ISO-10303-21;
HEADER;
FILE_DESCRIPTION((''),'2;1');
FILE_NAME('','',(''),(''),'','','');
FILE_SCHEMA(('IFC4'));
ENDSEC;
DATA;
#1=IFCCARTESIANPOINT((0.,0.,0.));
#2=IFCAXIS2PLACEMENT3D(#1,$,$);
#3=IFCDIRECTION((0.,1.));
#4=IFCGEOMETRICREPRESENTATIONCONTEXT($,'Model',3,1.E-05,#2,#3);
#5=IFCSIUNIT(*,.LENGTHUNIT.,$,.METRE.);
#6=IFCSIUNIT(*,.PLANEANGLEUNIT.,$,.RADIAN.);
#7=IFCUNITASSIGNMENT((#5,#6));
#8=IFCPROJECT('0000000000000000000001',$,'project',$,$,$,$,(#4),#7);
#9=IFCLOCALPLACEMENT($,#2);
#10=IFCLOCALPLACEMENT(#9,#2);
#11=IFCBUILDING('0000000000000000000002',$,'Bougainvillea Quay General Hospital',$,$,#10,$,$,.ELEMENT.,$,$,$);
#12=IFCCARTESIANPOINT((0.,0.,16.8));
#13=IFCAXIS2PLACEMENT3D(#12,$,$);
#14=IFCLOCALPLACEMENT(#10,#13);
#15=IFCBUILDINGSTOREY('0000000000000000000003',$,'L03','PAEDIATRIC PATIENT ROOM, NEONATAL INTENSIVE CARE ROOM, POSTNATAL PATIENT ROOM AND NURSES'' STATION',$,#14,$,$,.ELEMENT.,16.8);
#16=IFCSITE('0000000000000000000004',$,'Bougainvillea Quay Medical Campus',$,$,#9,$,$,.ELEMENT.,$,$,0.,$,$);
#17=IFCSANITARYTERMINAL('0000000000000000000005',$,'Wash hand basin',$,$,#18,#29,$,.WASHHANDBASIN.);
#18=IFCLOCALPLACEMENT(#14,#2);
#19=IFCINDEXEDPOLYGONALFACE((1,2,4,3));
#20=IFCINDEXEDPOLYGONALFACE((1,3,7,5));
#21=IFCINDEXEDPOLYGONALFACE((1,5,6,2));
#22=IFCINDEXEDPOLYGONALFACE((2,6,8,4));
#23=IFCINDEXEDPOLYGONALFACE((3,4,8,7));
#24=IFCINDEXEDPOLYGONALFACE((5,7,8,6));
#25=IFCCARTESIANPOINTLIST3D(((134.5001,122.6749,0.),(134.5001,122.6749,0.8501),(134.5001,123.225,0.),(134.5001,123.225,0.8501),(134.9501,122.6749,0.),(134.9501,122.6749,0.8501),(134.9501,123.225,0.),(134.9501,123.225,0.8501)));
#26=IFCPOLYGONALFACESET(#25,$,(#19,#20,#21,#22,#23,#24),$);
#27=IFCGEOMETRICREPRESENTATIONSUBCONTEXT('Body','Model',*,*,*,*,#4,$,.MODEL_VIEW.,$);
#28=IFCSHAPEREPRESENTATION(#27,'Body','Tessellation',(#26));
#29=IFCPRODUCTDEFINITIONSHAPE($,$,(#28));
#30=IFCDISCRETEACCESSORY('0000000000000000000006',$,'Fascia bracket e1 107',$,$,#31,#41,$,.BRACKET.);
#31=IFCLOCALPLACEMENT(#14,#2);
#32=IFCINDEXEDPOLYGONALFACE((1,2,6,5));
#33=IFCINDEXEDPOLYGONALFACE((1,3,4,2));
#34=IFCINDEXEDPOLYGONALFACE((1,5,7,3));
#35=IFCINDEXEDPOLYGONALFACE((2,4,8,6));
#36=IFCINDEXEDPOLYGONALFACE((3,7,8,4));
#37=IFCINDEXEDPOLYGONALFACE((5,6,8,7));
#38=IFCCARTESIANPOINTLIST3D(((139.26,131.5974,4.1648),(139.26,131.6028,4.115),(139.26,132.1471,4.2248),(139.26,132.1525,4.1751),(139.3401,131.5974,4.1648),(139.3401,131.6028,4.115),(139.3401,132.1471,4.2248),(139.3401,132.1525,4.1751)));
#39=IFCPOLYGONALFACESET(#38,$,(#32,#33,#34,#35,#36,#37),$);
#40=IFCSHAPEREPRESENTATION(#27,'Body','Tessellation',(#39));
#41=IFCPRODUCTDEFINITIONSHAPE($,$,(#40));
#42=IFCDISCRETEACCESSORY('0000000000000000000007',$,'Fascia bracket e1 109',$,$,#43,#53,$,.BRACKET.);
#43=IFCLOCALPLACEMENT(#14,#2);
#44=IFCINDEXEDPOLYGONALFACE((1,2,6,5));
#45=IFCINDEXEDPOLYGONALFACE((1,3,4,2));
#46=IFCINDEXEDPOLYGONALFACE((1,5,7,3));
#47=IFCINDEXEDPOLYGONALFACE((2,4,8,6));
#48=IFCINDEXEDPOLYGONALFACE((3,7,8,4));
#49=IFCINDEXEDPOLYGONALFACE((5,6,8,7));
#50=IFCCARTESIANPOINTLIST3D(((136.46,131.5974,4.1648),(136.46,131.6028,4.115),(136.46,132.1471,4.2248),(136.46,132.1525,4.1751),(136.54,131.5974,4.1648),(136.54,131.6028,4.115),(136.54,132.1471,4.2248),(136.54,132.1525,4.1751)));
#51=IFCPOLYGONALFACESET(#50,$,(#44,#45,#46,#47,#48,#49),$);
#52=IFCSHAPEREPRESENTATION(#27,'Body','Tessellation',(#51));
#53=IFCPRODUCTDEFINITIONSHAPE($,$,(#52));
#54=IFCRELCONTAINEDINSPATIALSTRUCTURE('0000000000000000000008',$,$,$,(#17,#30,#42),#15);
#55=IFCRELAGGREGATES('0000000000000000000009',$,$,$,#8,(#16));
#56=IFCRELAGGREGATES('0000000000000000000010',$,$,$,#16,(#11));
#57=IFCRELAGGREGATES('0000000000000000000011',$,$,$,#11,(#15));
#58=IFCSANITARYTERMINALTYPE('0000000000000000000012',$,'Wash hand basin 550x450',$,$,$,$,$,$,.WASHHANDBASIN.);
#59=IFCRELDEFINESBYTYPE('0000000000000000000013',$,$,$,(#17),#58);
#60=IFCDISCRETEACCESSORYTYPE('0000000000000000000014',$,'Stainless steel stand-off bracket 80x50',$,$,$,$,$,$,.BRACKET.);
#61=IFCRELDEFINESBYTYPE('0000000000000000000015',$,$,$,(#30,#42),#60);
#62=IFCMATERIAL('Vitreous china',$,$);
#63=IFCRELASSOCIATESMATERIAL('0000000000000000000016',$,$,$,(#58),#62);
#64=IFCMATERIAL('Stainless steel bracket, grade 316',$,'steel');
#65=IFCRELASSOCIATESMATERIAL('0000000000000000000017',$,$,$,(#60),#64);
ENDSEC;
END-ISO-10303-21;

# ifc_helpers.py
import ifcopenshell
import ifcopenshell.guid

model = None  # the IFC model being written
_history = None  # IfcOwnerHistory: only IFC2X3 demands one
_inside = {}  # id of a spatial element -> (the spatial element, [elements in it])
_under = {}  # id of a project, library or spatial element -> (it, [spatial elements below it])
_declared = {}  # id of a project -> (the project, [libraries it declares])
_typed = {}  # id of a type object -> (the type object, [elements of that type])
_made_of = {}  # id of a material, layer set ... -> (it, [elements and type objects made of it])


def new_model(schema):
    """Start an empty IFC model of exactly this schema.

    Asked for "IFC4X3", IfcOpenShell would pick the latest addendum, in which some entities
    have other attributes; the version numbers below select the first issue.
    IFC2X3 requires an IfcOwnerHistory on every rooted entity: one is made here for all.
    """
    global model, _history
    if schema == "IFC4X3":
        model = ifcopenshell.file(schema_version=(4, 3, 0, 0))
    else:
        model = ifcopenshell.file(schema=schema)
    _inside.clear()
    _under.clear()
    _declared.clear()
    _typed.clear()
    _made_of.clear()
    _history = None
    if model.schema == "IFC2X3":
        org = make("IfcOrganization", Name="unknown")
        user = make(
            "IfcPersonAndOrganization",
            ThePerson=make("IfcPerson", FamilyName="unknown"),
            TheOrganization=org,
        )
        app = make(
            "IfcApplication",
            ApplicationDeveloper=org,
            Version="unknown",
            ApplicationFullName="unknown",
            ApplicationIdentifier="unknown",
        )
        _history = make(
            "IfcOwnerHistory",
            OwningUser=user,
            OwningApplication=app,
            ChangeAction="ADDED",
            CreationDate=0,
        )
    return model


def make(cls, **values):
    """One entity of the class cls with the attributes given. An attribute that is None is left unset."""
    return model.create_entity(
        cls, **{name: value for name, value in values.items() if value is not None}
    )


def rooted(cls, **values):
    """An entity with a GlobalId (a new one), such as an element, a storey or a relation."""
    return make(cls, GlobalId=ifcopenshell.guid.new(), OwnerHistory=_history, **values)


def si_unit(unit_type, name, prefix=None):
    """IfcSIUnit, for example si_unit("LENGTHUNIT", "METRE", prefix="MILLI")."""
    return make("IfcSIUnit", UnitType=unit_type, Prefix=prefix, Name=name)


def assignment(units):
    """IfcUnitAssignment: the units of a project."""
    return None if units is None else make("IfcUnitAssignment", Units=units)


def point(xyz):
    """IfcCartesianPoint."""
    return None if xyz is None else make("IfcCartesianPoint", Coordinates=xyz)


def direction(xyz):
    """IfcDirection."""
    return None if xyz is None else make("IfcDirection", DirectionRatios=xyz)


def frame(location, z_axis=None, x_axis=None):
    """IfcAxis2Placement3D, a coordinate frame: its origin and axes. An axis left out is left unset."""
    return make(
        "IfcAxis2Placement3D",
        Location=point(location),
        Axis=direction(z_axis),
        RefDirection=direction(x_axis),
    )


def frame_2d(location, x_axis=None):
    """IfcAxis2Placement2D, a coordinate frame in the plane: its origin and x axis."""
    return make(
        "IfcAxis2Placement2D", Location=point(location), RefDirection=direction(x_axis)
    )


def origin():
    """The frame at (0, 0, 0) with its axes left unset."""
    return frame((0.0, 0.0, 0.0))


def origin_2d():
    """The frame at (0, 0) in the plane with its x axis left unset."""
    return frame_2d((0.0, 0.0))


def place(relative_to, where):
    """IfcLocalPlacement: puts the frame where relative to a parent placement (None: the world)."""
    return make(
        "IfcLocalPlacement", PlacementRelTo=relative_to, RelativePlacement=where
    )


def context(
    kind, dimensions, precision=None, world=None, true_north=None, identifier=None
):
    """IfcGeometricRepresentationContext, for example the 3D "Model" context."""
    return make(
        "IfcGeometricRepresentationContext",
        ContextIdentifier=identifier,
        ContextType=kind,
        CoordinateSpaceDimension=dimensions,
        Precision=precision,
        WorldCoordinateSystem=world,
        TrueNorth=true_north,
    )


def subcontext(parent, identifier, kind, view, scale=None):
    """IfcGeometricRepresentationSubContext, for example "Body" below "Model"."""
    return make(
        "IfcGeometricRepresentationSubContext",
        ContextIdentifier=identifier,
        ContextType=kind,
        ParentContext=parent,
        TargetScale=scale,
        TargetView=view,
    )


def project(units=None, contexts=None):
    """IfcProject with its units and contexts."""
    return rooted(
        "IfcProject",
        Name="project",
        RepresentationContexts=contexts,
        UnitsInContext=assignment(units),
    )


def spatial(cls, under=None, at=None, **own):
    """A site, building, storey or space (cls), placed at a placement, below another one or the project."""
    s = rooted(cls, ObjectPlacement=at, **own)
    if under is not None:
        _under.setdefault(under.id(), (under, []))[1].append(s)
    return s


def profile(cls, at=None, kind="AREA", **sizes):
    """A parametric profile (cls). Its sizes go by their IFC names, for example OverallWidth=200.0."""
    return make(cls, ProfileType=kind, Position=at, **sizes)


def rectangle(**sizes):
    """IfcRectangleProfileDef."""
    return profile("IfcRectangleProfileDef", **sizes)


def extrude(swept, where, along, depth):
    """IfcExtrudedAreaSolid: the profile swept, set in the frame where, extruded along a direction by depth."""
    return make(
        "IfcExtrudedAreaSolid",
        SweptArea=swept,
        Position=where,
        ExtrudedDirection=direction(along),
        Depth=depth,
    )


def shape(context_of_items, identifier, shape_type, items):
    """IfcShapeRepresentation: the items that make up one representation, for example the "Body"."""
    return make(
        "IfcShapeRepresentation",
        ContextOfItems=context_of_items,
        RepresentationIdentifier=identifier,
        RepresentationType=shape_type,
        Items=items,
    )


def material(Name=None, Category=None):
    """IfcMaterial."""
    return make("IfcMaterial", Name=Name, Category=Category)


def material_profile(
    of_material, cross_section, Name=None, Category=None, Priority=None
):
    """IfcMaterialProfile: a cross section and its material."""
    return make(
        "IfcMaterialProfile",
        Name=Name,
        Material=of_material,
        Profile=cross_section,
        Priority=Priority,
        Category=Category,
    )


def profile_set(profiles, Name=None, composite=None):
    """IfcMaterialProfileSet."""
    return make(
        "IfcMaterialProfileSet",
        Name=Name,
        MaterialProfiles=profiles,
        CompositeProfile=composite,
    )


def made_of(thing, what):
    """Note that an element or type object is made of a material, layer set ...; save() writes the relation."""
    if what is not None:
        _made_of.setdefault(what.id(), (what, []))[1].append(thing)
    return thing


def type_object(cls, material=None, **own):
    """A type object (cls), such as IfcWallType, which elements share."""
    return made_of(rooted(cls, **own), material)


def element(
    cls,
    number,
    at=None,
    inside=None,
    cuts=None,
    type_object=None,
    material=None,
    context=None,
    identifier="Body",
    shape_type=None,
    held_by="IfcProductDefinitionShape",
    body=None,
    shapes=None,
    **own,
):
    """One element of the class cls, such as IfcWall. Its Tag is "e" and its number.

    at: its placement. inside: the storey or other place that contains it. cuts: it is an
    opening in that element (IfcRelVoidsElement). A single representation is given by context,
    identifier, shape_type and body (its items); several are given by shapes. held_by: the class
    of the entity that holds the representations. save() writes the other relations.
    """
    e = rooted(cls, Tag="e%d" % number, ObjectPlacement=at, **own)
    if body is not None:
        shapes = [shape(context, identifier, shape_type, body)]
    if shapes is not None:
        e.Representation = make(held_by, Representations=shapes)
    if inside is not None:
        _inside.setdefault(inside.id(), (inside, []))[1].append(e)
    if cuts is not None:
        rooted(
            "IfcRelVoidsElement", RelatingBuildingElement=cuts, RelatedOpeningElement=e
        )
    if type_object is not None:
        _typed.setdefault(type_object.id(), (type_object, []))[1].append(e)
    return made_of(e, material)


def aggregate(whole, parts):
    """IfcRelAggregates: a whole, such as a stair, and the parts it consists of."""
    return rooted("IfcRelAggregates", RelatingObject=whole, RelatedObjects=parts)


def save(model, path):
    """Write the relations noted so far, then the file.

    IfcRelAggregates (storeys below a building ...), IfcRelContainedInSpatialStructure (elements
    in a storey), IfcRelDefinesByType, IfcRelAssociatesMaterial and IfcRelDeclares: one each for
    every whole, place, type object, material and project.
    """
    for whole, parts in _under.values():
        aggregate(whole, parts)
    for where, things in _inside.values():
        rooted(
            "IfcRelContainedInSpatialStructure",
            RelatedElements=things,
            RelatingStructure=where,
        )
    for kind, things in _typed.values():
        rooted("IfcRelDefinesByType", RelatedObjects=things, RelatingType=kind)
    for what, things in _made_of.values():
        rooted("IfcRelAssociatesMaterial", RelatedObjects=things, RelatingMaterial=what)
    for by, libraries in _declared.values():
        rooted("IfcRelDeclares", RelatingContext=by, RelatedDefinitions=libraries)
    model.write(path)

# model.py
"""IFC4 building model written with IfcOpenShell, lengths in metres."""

from ifc_helpers import new_model, si_unit, direction, frame, origin, origin_2d, place, context, subcontext, project, spatial, rectangle, extrude, material, material_profile, profile_set, type_object, element, save


model = new_model("IFC4")

# Units and contexts
model_context = context("Model", 3, precision=1e-05, world=origin(), true_north=direction((0.0, 1.0)))
body_context = subcontext(model_context, "Body", "Model", "MODEL_VIEW")
ifc_project = project(units=[si_unit("LENGTHUNIT", "METRE"), si_unit("PLANEANGLEUNIT", "RADIAN")], contexts=[model_context])

# Site, building, storey
site_placement = place(None, origin())
site = spatial("IfcSite", under=ifc_project, at=site_placement, Name="Bougainvillea Quay Medical Campus", CompositionType="ELEMENT", RefElevation=0.0)
building_placement = place(site_placement, origin())
building = spatial("IfcBuilding", under=site, at=building_placement, Name="Bougainvillea Quay General Hospital", CompositionType="ELEMENT")
storey_placement = place(building_placement, frame((0.0, 0.0, 16.8)))
storey = spatial("IfcBuildingStorey", under=building, at=storey_placement, Name="L03", Description="PAEDIATRIC PATIENT ROOM, NEONATAL INTENSIVE CARE ROOM, POSTNATAL PATIENT ROOM AND NURSES' STATION", CompositionType="ELEMENT", Elevation=16.8)

# Sanitary terminal
ifc_material_1 = material(Name="Vitreous china")
sanitary_terminal_type_1 = type_object("IfcSanitaryTerminalType", Name="Wash hand basin 550x450", PredefinedType="WASHHANDBASIN", material=ifc_material_1)
sanitary_terminal_1_placement = place(storey_placement, frame((134.7251, 122.95, 0.0), z_axis=(0.0, 0.0, 1.0), x_axis=(0.0, 1.0, 0.0)))
element("IfcSanitaryTerminal", 1, at=sanitary_terminal_1_placement, inside=storey, type_object=sanitary_terminal_type_1, Name="Wash hand basin", PredefinedType="WASHHANDBASIN", context=body_context, shape_type="SweptSolid", body=[
    extrude(rectangle(XDim=0.55, YDim=0.45, at=origin_2d()), origin(), (0.0, 0.0, 1.0), 0.8501),
])

# Discrete accessories
ifc_material_2 = material(Name="Stainless steel bracket, grade 316", Category="steel")
ifc_material_profile_1 = material_profile(ifc_material_2, rectangle(XDim=0.0801, YDim=0.05, at=origin_2d()))
ifc_profile_set_1 = profile_set([ifc_material_profile_1], Name="Stainless steel bracket, grade 316")
discrete_accessory_type = type_object("IfcDiscreteAccessoryType", Name="Stainless steel stand-off bracket 80x50", PredefinedType="BRACKET", material=ifc_profile_set_1)
for number, where, z_axis, x_axis, name in (
    (2, (139.3, 131.6001, 4.1399), (0.0, 0.994087, 0.10859), (-1.0, 0.0, 0.0), "Fascia bracket e1 107"),
    (3, (136.5, 131.6001, 4.1399), (0.0, 0.994087, 0.10859), (-1.0, 0.0, 0.0), "Fascia bracket e1 109"),
):
    element("IfcDiscreteAccessory", number, at=place(storey_placement, frame(where, z_axis=z_axis, x_axis=x_axis)), inside=storey, type_object=discrete_accessory_type, Name=name, PredefinedType="BRACKET", context=body_context, shape_type="SweptSolid", body=[
        extrude(rectangle(XDim=0.0801, YDim=0.05, at=origin_2d()), origin(), (0.0, 0.0, 1.0), 0.553),
    ])

save(model, "model.ifc")
